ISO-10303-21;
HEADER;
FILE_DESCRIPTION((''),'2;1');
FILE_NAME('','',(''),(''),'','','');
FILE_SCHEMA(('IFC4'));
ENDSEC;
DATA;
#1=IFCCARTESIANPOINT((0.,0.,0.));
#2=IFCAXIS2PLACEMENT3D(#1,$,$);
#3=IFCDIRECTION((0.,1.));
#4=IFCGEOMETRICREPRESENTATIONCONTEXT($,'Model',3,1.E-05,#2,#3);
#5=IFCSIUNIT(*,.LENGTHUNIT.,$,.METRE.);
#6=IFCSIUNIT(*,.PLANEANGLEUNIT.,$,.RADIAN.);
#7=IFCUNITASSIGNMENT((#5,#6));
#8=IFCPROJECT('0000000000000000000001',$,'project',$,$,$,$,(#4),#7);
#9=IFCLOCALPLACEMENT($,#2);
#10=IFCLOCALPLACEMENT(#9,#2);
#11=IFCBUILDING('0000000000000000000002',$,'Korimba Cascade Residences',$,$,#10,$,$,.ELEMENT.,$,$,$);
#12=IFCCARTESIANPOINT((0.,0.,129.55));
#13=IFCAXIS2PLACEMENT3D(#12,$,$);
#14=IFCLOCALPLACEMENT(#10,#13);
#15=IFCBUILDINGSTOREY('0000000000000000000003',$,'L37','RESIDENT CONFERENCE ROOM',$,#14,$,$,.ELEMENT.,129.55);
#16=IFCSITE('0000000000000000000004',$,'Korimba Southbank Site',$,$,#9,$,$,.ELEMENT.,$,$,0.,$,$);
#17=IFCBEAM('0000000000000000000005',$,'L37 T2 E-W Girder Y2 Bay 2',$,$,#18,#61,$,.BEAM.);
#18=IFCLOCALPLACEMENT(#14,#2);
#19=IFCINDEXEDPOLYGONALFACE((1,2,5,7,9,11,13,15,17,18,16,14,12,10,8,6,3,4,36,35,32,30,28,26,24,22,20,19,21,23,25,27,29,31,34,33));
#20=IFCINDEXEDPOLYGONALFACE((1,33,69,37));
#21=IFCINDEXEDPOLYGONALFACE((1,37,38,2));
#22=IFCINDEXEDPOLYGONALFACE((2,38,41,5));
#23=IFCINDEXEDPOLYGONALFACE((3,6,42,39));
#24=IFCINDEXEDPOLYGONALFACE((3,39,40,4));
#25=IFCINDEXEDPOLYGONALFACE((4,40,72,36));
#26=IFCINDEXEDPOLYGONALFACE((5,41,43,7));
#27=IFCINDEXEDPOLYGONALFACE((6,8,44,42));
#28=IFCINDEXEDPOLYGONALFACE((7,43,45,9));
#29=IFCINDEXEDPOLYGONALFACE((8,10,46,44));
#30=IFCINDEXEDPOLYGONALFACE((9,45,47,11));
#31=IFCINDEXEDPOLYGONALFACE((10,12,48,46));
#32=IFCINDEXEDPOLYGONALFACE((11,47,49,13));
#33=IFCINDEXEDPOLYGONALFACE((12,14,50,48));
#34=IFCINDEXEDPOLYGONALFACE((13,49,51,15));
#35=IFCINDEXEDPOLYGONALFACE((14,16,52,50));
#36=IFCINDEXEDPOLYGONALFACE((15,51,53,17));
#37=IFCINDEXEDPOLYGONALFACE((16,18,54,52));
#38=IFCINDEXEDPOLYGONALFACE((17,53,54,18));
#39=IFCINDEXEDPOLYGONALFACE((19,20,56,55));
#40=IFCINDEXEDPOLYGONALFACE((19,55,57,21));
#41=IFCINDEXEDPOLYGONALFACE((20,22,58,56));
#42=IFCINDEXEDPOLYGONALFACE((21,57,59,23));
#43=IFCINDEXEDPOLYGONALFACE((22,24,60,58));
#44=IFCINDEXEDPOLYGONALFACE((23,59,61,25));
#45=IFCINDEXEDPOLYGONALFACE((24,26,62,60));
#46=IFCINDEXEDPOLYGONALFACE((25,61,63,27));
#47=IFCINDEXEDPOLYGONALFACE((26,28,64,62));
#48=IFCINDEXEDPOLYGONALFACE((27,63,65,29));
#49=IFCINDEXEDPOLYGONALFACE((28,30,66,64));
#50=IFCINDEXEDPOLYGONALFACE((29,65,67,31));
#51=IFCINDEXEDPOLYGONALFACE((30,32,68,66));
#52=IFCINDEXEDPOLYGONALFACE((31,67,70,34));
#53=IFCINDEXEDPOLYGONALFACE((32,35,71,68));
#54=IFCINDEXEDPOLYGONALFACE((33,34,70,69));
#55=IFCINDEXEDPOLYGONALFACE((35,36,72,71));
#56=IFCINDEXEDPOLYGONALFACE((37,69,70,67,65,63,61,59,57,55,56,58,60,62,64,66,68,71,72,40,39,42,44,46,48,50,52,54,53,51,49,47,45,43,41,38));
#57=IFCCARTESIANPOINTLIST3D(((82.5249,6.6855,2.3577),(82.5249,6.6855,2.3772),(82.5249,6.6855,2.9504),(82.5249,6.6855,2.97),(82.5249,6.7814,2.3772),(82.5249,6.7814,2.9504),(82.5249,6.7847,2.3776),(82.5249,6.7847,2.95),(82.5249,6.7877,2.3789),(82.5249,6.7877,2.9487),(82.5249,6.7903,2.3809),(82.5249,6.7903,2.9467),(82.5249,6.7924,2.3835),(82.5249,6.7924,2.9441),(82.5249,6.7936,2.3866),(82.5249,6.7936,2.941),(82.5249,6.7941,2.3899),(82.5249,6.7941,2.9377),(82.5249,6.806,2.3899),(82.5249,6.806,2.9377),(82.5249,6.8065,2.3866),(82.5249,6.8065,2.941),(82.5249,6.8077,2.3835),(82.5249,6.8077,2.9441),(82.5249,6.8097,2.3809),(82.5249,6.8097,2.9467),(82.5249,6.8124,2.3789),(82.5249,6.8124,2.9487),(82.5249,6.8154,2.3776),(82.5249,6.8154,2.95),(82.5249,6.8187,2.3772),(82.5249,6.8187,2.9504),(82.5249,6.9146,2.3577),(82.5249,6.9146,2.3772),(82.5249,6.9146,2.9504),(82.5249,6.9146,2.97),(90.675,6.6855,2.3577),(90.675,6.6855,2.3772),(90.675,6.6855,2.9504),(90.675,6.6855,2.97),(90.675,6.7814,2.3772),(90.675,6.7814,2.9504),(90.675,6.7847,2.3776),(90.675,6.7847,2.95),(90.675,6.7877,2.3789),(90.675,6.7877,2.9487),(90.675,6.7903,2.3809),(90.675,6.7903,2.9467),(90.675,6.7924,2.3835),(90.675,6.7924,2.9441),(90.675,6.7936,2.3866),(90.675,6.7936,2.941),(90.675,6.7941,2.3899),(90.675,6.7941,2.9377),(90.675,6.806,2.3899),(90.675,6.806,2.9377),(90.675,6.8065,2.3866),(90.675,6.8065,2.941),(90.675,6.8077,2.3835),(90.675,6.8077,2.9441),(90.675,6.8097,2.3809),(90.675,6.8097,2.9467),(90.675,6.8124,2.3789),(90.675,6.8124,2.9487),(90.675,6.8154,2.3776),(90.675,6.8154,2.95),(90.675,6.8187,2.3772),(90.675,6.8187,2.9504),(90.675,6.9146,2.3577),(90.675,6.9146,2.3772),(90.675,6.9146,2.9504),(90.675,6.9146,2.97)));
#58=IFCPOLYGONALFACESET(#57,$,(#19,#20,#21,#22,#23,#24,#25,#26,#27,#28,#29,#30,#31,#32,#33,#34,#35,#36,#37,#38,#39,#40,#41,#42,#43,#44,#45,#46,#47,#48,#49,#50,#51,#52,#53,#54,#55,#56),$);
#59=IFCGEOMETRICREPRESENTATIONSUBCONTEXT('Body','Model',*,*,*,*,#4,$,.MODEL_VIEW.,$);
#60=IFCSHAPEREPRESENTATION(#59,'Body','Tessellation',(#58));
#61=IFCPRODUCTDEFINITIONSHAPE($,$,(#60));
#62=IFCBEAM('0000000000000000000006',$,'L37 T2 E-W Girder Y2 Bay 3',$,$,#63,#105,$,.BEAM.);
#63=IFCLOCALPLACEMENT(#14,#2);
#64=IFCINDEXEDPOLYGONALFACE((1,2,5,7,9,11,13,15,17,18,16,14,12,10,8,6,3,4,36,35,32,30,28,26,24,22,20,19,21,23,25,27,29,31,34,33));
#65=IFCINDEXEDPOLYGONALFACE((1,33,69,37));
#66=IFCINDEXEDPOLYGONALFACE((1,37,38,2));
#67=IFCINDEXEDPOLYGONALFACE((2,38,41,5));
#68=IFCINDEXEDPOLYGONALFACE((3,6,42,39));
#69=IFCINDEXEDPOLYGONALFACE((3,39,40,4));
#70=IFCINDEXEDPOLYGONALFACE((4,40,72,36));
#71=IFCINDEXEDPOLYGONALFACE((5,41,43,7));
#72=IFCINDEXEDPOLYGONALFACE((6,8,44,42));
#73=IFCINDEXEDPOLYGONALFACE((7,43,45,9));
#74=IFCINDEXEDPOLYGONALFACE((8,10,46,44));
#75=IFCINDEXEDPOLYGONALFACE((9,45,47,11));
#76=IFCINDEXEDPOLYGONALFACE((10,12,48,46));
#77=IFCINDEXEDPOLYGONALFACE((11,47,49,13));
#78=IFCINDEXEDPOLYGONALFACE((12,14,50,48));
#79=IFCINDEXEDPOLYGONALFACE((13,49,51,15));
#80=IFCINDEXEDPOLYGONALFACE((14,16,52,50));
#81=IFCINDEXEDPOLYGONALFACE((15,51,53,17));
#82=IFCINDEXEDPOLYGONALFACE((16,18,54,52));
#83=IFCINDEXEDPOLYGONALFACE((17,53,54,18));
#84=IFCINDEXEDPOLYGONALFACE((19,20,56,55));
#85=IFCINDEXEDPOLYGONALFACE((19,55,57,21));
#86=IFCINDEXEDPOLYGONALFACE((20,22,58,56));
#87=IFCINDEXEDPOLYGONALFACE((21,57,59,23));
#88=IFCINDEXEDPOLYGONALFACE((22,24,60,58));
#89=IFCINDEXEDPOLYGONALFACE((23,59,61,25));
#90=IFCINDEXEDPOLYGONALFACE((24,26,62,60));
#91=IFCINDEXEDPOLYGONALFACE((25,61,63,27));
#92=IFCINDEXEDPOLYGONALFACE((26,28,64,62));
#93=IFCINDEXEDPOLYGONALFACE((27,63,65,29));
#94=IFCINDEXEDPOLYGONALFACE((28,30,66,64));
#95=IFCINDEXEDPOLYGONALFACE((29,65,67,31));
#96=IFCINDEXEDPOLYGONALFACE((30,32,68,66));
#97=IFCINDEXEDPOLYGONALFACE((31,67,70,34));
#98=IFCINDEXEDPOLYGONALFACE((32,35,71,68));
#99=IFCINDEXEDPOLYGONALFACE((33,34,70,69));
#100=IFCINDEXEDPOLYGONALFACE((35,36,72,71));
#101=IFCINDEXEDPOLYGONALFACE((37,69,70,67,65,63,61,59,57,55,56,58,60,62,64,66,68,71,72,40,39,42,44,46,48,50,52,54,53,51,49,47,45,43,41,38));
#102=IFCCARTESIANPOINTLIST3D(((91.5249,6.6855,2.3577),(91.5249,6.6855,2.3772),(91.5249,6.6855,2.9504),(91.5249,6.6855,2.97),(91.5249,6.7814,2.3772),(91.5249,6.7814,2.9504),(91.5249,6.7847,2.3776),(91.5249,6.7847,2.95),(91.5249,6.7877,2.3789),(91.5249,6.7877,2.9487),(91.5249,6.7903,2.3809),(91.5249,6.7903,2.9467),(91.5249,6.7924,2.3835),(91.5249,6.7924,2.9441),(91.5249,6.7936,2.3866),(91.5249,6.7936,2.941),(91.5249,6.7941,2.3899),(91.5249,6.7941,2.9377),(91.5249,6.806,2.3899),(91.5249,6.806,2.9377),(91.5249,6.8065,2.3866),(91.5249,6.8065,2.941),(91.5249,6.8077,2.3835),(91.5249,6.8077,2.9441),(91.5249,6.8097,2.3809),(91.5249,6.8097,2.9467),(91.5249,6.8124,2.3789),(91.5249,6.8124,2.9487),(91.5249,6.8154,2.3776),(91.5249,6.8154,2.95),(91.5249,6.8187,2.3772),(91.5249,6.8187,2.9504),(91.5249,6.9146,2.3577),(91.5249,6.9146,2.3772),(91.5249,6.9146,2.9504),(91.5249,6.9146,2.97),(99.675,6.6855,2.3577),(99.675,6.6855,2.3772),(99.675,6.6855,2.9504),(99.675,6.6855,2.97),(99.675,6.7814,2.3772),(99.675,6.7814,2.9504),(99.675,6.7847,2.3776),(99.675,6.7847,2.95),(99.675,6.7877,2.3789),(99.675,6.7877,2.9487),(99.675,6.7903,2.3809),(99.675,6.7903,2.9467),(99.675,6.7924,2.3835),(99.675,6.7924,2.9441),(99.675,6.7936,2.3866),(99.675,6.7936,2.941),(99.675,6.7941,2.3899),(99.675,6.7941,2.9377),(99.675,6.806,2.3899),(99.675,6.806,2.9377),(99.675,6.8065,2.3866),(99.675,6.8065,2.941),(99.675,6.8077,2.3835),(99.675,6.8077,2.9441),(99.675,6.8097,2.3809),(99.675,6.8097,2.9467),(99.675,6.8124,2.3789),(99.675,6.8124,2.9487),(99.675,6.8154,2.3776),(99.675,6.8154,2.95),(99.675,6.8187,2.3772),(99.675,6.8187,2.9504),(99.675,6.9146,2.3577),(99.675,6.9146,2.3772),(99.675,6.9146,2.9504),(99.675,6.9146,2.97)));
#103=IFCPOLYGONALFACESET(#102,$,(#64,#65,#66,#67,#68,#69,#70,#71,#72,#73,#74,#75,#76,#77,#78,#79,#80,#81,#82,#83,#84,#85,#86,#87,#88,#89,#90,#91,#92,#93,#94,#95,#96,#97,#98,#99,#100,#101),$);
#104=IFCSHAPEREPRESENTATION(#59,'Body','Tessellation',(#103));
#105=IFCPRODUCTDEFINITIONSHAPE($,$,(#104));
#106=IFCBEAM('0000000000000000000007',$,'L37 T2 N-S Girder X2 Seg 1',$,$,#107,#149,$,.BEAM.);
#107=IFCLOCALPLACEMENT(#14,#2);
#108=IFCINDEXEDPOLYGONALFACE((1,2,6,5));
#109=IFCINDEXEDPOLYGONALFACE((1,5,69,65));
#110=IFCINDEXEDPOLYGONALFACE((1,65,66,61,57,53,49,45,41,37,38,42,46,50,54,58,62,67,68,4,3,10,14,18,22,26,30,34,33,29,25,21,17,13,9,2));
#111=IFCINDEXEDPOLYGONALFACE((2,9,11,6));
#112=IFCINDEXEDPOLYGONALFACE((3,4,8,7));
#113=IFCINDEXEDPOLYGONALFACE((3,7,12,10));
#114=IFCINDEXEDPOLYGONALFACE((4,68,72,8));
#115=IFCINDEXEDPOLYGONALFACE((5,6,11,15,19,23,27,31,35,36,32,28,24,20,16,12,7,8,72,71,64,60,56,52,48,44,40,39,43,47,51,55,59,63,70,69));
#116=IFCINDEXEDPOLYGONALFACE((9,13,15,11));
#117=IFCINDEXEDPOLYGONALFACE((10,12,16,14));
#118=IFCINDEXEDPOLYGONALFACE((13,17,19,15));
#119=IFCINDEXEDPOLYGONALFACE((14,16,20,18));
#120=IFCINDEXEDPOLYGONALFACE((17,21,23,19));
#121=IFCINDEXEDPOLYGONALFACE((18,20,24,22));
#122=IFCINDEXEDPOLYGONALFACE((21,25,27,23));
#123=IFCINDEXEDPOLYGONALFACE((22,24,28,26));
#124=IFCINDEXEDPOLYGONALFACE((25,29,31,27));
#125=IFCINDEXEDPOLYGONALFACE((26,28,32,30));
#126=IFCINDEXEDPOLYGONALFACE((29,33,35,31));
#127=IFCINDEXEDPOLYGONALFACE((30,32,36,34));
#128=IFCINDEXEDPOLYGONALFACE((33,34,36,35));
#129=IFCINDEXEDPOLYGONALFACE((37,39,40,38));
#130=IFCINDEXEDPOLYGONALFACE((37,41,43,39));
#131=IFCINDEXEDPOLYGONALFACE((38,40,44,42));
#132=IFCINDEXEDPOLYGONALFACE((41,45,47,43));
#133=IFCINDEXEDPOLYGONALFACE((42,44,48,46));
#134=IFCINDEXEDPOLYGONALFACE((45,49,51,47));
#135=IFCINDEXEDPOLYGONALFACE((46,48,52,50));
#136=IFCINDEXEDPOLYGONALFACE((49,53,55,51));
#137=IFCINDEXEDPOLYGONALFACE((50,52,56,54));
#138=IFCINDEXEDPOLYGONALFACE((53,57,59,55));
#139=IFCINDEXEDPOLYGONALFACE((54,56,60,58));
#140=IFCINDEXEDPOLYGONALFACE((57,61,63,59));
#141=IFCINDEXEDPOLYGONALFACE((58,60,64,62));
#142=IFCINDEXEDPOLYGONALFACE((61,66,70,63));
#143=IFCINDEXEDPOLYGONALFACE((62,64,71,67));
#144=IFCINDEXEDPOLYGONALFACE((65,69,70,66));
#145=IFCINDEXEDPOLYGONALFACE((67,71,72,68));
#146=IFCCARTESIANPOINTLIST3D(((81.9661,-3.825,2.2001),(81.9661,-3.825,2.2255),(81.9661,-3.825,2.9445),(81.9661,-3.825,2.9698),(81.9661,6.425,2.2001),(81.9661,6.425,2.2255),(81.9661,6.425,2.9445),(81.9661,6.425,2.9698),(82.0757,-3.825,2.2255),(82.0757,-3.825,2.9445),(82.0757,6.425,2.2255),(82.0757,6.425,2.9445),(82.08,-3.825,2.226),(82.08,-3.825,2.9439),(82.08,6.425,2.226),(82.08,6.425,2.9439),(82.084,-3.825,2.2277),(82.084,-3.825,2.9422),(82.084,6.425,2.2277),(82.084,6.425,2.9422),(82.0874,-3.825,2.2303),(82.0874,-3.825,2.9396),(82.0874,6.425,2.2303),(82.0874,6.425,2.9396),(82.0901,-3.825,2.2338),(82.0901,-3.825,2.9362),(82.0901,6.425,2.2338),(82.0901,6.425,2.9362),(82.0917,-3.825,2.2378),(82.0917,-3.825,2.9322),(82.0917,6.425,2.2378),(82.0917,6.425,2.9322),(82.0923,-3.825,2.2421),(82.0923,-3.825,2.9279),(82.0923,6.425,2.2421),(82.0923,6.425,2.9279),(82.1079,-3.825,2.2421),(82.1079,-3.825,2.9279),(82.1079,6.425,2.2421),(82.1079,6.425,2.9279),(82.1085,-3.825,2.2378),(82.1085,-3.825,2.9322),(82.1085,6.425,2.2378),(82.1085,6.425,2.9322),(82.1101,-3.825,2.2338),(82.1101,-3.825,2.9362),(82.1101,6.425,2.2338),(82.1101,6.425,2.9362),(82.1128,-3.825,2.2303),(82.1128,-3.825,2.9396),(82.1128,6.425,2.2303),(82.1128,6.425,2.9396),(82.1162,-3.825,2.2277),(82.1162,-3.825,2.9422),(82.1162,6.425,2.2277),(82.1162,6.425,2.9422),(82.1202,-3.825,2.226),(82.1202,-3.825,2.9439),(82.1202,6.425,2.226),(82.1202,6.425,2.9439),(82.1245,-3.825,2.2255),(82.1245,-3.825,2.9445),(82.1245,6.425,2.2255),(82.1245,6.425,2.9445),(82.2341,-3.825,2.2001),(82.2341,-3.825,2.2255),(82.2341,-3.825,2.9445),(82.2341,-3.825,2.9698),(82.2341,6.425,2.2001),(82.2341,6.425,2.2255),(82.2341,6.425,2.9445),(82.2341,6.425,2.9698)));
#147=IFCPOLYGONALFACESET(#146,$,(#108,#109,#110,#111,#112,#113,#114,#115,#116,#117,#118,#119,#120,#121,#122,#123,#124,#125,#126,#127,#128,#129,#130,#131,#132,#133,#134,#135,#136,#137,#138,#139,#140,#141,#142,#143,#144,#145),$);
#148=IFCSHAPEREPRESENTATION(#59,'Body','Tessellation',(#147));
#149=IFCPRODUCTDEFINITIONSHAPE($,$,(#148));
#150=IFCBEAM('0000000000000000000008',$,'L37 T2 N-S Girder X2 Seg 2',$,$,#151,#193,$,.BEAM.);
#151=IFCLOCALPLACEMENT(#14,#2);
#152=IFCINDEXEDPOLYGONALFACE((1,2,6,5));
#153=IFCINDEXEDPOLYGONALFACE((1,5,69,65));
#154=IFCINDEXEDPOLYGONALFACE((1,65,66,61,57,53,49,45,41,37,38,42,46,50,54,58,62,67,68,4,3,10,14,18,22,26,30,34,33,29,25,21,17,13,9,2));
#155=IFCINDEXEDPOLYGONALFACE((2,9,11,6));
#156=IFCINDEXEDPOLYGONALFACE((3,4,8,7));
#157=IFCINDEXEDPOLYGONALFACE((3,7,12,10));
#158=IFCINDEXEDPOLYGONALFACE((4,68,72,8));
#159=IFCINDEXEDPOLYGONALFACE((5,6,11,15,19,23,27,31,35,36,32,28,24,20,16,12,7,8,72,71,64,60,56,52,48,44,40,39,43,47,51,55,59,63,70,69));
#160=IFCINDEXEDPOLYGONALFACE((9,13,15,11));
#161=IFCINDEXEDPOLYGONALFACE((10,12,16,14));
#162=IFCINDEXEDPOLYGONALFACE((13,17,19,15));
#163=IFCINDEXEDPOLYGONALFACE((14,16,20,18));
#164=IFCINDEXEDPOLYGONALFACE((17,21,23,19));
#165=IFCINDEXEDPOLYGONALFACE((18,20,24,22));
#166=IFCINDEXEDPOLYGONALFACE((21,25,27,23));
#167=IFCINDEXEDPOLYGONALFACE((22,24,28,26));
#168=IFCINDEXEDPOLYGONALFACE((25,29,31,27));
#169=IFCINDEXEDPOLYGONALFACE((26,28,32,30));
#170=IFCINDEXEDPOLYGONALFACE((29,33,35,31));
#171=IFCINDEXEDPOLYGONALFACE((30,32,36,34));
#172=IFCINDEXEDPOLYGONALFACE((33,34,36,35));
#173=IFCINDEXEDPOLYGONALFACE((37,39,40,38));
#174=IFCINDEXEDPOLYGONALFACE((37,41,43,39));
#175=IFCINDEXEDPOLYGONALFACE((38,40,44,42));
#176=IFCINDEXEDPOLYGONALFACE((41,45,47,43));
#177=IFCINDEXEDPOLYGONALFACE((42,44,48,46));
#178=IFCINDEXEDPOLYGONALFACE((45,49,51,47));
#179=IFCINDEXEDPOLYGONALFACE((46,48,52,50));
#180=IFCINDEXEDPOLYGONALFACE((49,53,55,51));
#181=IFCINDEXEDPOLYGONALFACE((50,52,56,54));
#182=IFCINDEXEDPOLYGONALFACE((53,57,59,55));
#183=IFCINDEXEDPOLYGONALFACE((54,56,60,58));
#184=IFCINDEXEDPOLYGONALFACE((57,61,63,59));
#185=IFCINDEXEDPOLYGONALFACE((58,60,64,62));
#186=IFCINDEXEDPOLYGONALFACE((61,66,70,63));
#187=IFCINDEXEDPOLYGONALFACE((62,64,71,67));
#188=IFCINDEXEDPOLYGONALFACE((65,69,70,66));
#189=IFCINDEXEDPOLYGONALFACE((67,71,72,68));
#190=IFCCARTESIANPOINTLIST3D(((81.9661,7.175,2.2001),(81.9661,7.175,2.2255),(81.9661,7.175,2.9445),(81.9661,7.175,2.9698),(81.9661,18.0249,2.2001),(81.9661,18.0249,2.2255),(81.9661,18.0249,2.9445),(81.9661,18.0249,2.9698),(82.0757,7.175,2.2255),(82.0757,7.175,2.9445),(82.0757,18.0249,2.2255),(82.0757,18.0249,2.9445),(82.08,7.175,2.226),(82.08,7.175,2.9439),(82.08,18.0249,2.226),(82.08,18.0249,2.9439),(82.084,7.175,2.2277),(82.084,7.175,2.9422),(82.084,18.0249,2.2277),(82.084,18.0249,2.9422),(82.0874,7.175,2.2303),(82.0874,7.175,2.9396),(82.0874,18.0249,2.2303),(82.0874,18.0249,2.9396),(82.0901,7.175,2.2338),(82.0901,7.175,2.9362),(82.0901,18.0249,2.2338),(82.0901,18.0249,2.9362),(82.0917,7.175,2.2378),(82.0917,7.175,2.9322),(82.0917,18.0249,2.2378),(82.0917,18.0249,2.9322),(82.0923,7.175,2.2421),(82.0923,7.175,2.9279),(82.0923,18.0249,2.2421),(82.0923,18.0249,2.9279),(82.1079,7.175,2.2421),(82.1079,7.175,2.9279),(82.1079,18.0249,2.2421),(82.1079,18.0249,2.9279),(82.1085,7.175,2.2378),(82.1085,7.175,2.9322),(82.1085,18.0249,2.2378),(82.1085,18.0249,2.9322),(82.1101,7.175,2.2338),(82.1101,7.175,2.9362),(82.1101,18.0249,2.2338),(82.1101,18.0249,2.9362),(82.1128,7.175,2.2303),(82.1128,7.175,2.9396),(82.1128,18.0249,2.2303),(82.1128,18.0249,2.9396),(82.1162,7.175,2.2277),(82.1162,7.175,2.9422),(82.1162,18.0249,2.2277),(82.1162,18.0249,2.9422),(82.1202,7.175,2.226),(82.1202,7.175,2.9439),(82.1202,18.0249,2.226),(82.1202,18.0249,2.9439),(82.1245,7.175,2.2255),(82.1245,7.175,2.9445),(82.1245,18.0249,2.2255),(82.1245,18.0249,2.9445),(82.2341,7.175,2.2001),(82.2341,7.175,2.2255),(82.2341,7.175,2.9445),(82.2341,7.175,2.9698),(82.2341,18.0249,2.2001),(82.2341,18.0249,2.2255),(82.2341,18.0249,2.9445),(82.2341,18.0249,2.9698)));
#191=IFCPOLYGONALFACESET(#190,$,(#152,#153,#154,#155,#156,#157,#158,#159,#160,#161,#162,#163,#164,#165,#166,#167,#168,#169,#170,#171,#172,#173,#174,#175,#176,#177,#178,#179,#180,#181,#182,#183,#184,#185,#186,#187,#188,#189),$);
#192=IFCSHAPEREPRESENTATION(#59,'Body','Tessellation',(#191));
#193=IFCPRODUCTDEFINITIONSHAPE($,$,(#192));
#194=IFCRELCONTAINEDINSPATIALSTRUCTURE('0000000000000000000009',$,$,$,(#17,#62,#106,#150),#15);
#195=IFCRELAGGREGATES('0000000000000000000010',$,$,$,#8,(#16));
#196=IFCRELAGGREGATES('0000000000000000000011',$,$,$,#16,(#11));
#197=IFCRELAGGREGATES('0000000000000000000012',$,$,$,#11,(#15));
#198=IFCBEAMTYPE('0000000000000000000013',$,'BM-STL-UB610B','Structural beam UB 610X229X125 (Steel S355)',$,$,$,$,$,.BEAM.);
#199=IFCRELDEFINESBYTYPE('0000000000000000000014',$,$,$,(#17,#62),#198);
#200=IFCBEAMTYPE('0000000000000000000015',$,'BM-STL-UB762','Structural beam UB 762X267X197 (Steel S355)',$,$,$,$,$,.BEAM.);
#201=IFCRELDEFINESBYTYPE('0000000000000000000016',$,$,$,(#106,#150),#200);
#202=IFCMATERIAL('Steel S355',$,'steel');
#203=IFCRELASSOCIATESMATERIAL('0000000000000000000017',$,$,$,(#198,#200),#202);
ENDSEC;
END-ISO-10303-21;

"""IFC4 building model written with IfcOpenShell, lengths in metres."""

from ifc_helpers import new_model, si_unit, direction, frame, origin, origin_2d, place, context, subcontext, project, spatial, i_section, extrude, material, material_profile, profile_set, type_object, element, save


model = new_model("IFC4")

# Units and contexts
model_context = context("Model", 3, precision=1e-05, world=origin(), true_north=direction((0.0, 1.0)))
body_context = subcontext(model_context, "Body", "Model", "MODEL_VIEW")
ifc_project = project(units=[si_unit("LENGTHUNIT", "METRE"), si_unit("PLANEANGLEUNIT", "RADIAN")], contexts=[model_context])

# Site, building, storey
site_placement = place(None, origin())
site = spatial("IfcSite", under=ifc_project, at=site_placement, Name="Korimba Southbank Site", CompositionType="ELEMENT", RefElevation=0.0)
building_placement = place(site_placement, origin())
building = spatial("IfcBuilding", under=site, at=building_placement, Name="Korimba Cascade Residences", CompositionType="ELEMENT")
storey_placement = place(building_placement, frame((0.0, 0.0, 129.55)))
storey = spatial("IfcBuildingStorey", under=building, at=storey_placement, Name="L37", Description="RESIDENT CONFERENCE ROOM", CompositionType="ELEMENT", Elevation=129.55)

# Beams
ifc_material_1 = material(Name="Steel S355", Category="steel")
ifc_material_profile_1 = material_profile(ifc_material_1, i_section(OverallWidth=0.229, OverallDepth=0.6123, WebThickness=0.012, FlangeThickness=0.0195, FilletRadius=0.0127, at=origin_2d()), Name="Steel S355")
ifc_profile_set_1 = profile_set([ifc_material_profile_1], Name="Steel S355")
beam_type_1 = type_object("IfcBeamType", Name="BM-STL-UB610B", Description="Structural beam UB 610X229X125 (Steel S355)", PredefinedType="BEAM", material=ifc_profile_set_1)
for number, where, z_axis, x_axis, name in (
    (1, (82.5249, 6.8, 2.6638), (1.0, 0.0, 0.0), (0.0, 1.0, 0.0), "L37 T2 E-W Girder Y2 Bay 2"),
    (2, (91.5249, 6.8, 2.6638), (1.0, 0.0, 0.0), (0.0, 1.0, 0.0), "L37 T2 E-W Girder Y2 Bay 3"),
):
    element("IfcBeam", number, at=place(storey_placement, frame(where, z_axis=z_axis, x_axis=x_axis)), inside=storey, type_object=beam_type_1, Name=name, PredefinedType="BEAM", context=body_context, shape_type="SweptSolid", body=[
        extrude(i_section(OverallWidth=0.229, OverallDepth=0.6123, WebThickness=0.012, FlangeThickness=0.0195, FilletRadius=0.0127, at=origin_2d()), origin(), (0.0, 0.0, 1.0), 8.1501),
    ])
ifc_material_profile_2 = material_profile(ifc_material_1, i_section(OverallWidth=0.2681, OverallDepth=0.7698, WebThickness=0.0156, FlangeThickness=0.0254, FilletRadius=0.0166, at=origin_2d()), Name="Steel S355")
ifc_profile_set_2 = profile_set([ifc_material_profile_2], Name="Steel S355")
beam_type_2 = type_object("IfcBeamType", Name="BM-STL-UB762", Description="Structural beam UB 762X267X197 (Steel S355)", PredefinedType="BEAM", material=ifc_profile_set_2)
beam_1_placement = place(storey_placement, frame((82.1001, -3.825, 2.585), z_axis=(0.0, 1.0, 0.0), x_axis=(-1.0, 0.0, 0.0)))
element("IfcBeam", 3, at=beam_1_placement, inside=storey, type_object=beam_type_2, Name="L37 T2 N-S Girder X2 Seg 1", PredefinedType="BEAM", context=body_context, shape_type="SweptSolid", body=[
    extrude(i_section(OverallWidth=0.2681, OverallDepth=0.7698, WebThickness=0.0156, FlangeThickness=0.0254, FilletRadius=0.0166, at=origin_2d()), origin(), (0.0, 0.0, 1.0), 10.25),
])
beam_2_placement = place(storey_placement, frame((82.1001, 7.175, 2.585), z_axis=(0.0, 1.0, 0.0), x_axis=(-1.0, 0.0, 0.0)))
element("IfcBeam", 4, at=beam_2_placement, inside=storey, type_object=beam_type_2, Name="L37 T2 N-S Girder X2 Seg 2", PredefinedType="BEAM", context=body_context, shape_type="SweptSolid", body=[
    extrude(i_section(OverallWidth=0.2681, OverallDepth=0.7698, WebThickness=0.0156, FlangeThickness=0.0254, FilletRadius=0.0166, at=origin_2d()), origin(), (0.0, 0.0, 1.0), 10.8499),
])

save(model, "model.ifc")
